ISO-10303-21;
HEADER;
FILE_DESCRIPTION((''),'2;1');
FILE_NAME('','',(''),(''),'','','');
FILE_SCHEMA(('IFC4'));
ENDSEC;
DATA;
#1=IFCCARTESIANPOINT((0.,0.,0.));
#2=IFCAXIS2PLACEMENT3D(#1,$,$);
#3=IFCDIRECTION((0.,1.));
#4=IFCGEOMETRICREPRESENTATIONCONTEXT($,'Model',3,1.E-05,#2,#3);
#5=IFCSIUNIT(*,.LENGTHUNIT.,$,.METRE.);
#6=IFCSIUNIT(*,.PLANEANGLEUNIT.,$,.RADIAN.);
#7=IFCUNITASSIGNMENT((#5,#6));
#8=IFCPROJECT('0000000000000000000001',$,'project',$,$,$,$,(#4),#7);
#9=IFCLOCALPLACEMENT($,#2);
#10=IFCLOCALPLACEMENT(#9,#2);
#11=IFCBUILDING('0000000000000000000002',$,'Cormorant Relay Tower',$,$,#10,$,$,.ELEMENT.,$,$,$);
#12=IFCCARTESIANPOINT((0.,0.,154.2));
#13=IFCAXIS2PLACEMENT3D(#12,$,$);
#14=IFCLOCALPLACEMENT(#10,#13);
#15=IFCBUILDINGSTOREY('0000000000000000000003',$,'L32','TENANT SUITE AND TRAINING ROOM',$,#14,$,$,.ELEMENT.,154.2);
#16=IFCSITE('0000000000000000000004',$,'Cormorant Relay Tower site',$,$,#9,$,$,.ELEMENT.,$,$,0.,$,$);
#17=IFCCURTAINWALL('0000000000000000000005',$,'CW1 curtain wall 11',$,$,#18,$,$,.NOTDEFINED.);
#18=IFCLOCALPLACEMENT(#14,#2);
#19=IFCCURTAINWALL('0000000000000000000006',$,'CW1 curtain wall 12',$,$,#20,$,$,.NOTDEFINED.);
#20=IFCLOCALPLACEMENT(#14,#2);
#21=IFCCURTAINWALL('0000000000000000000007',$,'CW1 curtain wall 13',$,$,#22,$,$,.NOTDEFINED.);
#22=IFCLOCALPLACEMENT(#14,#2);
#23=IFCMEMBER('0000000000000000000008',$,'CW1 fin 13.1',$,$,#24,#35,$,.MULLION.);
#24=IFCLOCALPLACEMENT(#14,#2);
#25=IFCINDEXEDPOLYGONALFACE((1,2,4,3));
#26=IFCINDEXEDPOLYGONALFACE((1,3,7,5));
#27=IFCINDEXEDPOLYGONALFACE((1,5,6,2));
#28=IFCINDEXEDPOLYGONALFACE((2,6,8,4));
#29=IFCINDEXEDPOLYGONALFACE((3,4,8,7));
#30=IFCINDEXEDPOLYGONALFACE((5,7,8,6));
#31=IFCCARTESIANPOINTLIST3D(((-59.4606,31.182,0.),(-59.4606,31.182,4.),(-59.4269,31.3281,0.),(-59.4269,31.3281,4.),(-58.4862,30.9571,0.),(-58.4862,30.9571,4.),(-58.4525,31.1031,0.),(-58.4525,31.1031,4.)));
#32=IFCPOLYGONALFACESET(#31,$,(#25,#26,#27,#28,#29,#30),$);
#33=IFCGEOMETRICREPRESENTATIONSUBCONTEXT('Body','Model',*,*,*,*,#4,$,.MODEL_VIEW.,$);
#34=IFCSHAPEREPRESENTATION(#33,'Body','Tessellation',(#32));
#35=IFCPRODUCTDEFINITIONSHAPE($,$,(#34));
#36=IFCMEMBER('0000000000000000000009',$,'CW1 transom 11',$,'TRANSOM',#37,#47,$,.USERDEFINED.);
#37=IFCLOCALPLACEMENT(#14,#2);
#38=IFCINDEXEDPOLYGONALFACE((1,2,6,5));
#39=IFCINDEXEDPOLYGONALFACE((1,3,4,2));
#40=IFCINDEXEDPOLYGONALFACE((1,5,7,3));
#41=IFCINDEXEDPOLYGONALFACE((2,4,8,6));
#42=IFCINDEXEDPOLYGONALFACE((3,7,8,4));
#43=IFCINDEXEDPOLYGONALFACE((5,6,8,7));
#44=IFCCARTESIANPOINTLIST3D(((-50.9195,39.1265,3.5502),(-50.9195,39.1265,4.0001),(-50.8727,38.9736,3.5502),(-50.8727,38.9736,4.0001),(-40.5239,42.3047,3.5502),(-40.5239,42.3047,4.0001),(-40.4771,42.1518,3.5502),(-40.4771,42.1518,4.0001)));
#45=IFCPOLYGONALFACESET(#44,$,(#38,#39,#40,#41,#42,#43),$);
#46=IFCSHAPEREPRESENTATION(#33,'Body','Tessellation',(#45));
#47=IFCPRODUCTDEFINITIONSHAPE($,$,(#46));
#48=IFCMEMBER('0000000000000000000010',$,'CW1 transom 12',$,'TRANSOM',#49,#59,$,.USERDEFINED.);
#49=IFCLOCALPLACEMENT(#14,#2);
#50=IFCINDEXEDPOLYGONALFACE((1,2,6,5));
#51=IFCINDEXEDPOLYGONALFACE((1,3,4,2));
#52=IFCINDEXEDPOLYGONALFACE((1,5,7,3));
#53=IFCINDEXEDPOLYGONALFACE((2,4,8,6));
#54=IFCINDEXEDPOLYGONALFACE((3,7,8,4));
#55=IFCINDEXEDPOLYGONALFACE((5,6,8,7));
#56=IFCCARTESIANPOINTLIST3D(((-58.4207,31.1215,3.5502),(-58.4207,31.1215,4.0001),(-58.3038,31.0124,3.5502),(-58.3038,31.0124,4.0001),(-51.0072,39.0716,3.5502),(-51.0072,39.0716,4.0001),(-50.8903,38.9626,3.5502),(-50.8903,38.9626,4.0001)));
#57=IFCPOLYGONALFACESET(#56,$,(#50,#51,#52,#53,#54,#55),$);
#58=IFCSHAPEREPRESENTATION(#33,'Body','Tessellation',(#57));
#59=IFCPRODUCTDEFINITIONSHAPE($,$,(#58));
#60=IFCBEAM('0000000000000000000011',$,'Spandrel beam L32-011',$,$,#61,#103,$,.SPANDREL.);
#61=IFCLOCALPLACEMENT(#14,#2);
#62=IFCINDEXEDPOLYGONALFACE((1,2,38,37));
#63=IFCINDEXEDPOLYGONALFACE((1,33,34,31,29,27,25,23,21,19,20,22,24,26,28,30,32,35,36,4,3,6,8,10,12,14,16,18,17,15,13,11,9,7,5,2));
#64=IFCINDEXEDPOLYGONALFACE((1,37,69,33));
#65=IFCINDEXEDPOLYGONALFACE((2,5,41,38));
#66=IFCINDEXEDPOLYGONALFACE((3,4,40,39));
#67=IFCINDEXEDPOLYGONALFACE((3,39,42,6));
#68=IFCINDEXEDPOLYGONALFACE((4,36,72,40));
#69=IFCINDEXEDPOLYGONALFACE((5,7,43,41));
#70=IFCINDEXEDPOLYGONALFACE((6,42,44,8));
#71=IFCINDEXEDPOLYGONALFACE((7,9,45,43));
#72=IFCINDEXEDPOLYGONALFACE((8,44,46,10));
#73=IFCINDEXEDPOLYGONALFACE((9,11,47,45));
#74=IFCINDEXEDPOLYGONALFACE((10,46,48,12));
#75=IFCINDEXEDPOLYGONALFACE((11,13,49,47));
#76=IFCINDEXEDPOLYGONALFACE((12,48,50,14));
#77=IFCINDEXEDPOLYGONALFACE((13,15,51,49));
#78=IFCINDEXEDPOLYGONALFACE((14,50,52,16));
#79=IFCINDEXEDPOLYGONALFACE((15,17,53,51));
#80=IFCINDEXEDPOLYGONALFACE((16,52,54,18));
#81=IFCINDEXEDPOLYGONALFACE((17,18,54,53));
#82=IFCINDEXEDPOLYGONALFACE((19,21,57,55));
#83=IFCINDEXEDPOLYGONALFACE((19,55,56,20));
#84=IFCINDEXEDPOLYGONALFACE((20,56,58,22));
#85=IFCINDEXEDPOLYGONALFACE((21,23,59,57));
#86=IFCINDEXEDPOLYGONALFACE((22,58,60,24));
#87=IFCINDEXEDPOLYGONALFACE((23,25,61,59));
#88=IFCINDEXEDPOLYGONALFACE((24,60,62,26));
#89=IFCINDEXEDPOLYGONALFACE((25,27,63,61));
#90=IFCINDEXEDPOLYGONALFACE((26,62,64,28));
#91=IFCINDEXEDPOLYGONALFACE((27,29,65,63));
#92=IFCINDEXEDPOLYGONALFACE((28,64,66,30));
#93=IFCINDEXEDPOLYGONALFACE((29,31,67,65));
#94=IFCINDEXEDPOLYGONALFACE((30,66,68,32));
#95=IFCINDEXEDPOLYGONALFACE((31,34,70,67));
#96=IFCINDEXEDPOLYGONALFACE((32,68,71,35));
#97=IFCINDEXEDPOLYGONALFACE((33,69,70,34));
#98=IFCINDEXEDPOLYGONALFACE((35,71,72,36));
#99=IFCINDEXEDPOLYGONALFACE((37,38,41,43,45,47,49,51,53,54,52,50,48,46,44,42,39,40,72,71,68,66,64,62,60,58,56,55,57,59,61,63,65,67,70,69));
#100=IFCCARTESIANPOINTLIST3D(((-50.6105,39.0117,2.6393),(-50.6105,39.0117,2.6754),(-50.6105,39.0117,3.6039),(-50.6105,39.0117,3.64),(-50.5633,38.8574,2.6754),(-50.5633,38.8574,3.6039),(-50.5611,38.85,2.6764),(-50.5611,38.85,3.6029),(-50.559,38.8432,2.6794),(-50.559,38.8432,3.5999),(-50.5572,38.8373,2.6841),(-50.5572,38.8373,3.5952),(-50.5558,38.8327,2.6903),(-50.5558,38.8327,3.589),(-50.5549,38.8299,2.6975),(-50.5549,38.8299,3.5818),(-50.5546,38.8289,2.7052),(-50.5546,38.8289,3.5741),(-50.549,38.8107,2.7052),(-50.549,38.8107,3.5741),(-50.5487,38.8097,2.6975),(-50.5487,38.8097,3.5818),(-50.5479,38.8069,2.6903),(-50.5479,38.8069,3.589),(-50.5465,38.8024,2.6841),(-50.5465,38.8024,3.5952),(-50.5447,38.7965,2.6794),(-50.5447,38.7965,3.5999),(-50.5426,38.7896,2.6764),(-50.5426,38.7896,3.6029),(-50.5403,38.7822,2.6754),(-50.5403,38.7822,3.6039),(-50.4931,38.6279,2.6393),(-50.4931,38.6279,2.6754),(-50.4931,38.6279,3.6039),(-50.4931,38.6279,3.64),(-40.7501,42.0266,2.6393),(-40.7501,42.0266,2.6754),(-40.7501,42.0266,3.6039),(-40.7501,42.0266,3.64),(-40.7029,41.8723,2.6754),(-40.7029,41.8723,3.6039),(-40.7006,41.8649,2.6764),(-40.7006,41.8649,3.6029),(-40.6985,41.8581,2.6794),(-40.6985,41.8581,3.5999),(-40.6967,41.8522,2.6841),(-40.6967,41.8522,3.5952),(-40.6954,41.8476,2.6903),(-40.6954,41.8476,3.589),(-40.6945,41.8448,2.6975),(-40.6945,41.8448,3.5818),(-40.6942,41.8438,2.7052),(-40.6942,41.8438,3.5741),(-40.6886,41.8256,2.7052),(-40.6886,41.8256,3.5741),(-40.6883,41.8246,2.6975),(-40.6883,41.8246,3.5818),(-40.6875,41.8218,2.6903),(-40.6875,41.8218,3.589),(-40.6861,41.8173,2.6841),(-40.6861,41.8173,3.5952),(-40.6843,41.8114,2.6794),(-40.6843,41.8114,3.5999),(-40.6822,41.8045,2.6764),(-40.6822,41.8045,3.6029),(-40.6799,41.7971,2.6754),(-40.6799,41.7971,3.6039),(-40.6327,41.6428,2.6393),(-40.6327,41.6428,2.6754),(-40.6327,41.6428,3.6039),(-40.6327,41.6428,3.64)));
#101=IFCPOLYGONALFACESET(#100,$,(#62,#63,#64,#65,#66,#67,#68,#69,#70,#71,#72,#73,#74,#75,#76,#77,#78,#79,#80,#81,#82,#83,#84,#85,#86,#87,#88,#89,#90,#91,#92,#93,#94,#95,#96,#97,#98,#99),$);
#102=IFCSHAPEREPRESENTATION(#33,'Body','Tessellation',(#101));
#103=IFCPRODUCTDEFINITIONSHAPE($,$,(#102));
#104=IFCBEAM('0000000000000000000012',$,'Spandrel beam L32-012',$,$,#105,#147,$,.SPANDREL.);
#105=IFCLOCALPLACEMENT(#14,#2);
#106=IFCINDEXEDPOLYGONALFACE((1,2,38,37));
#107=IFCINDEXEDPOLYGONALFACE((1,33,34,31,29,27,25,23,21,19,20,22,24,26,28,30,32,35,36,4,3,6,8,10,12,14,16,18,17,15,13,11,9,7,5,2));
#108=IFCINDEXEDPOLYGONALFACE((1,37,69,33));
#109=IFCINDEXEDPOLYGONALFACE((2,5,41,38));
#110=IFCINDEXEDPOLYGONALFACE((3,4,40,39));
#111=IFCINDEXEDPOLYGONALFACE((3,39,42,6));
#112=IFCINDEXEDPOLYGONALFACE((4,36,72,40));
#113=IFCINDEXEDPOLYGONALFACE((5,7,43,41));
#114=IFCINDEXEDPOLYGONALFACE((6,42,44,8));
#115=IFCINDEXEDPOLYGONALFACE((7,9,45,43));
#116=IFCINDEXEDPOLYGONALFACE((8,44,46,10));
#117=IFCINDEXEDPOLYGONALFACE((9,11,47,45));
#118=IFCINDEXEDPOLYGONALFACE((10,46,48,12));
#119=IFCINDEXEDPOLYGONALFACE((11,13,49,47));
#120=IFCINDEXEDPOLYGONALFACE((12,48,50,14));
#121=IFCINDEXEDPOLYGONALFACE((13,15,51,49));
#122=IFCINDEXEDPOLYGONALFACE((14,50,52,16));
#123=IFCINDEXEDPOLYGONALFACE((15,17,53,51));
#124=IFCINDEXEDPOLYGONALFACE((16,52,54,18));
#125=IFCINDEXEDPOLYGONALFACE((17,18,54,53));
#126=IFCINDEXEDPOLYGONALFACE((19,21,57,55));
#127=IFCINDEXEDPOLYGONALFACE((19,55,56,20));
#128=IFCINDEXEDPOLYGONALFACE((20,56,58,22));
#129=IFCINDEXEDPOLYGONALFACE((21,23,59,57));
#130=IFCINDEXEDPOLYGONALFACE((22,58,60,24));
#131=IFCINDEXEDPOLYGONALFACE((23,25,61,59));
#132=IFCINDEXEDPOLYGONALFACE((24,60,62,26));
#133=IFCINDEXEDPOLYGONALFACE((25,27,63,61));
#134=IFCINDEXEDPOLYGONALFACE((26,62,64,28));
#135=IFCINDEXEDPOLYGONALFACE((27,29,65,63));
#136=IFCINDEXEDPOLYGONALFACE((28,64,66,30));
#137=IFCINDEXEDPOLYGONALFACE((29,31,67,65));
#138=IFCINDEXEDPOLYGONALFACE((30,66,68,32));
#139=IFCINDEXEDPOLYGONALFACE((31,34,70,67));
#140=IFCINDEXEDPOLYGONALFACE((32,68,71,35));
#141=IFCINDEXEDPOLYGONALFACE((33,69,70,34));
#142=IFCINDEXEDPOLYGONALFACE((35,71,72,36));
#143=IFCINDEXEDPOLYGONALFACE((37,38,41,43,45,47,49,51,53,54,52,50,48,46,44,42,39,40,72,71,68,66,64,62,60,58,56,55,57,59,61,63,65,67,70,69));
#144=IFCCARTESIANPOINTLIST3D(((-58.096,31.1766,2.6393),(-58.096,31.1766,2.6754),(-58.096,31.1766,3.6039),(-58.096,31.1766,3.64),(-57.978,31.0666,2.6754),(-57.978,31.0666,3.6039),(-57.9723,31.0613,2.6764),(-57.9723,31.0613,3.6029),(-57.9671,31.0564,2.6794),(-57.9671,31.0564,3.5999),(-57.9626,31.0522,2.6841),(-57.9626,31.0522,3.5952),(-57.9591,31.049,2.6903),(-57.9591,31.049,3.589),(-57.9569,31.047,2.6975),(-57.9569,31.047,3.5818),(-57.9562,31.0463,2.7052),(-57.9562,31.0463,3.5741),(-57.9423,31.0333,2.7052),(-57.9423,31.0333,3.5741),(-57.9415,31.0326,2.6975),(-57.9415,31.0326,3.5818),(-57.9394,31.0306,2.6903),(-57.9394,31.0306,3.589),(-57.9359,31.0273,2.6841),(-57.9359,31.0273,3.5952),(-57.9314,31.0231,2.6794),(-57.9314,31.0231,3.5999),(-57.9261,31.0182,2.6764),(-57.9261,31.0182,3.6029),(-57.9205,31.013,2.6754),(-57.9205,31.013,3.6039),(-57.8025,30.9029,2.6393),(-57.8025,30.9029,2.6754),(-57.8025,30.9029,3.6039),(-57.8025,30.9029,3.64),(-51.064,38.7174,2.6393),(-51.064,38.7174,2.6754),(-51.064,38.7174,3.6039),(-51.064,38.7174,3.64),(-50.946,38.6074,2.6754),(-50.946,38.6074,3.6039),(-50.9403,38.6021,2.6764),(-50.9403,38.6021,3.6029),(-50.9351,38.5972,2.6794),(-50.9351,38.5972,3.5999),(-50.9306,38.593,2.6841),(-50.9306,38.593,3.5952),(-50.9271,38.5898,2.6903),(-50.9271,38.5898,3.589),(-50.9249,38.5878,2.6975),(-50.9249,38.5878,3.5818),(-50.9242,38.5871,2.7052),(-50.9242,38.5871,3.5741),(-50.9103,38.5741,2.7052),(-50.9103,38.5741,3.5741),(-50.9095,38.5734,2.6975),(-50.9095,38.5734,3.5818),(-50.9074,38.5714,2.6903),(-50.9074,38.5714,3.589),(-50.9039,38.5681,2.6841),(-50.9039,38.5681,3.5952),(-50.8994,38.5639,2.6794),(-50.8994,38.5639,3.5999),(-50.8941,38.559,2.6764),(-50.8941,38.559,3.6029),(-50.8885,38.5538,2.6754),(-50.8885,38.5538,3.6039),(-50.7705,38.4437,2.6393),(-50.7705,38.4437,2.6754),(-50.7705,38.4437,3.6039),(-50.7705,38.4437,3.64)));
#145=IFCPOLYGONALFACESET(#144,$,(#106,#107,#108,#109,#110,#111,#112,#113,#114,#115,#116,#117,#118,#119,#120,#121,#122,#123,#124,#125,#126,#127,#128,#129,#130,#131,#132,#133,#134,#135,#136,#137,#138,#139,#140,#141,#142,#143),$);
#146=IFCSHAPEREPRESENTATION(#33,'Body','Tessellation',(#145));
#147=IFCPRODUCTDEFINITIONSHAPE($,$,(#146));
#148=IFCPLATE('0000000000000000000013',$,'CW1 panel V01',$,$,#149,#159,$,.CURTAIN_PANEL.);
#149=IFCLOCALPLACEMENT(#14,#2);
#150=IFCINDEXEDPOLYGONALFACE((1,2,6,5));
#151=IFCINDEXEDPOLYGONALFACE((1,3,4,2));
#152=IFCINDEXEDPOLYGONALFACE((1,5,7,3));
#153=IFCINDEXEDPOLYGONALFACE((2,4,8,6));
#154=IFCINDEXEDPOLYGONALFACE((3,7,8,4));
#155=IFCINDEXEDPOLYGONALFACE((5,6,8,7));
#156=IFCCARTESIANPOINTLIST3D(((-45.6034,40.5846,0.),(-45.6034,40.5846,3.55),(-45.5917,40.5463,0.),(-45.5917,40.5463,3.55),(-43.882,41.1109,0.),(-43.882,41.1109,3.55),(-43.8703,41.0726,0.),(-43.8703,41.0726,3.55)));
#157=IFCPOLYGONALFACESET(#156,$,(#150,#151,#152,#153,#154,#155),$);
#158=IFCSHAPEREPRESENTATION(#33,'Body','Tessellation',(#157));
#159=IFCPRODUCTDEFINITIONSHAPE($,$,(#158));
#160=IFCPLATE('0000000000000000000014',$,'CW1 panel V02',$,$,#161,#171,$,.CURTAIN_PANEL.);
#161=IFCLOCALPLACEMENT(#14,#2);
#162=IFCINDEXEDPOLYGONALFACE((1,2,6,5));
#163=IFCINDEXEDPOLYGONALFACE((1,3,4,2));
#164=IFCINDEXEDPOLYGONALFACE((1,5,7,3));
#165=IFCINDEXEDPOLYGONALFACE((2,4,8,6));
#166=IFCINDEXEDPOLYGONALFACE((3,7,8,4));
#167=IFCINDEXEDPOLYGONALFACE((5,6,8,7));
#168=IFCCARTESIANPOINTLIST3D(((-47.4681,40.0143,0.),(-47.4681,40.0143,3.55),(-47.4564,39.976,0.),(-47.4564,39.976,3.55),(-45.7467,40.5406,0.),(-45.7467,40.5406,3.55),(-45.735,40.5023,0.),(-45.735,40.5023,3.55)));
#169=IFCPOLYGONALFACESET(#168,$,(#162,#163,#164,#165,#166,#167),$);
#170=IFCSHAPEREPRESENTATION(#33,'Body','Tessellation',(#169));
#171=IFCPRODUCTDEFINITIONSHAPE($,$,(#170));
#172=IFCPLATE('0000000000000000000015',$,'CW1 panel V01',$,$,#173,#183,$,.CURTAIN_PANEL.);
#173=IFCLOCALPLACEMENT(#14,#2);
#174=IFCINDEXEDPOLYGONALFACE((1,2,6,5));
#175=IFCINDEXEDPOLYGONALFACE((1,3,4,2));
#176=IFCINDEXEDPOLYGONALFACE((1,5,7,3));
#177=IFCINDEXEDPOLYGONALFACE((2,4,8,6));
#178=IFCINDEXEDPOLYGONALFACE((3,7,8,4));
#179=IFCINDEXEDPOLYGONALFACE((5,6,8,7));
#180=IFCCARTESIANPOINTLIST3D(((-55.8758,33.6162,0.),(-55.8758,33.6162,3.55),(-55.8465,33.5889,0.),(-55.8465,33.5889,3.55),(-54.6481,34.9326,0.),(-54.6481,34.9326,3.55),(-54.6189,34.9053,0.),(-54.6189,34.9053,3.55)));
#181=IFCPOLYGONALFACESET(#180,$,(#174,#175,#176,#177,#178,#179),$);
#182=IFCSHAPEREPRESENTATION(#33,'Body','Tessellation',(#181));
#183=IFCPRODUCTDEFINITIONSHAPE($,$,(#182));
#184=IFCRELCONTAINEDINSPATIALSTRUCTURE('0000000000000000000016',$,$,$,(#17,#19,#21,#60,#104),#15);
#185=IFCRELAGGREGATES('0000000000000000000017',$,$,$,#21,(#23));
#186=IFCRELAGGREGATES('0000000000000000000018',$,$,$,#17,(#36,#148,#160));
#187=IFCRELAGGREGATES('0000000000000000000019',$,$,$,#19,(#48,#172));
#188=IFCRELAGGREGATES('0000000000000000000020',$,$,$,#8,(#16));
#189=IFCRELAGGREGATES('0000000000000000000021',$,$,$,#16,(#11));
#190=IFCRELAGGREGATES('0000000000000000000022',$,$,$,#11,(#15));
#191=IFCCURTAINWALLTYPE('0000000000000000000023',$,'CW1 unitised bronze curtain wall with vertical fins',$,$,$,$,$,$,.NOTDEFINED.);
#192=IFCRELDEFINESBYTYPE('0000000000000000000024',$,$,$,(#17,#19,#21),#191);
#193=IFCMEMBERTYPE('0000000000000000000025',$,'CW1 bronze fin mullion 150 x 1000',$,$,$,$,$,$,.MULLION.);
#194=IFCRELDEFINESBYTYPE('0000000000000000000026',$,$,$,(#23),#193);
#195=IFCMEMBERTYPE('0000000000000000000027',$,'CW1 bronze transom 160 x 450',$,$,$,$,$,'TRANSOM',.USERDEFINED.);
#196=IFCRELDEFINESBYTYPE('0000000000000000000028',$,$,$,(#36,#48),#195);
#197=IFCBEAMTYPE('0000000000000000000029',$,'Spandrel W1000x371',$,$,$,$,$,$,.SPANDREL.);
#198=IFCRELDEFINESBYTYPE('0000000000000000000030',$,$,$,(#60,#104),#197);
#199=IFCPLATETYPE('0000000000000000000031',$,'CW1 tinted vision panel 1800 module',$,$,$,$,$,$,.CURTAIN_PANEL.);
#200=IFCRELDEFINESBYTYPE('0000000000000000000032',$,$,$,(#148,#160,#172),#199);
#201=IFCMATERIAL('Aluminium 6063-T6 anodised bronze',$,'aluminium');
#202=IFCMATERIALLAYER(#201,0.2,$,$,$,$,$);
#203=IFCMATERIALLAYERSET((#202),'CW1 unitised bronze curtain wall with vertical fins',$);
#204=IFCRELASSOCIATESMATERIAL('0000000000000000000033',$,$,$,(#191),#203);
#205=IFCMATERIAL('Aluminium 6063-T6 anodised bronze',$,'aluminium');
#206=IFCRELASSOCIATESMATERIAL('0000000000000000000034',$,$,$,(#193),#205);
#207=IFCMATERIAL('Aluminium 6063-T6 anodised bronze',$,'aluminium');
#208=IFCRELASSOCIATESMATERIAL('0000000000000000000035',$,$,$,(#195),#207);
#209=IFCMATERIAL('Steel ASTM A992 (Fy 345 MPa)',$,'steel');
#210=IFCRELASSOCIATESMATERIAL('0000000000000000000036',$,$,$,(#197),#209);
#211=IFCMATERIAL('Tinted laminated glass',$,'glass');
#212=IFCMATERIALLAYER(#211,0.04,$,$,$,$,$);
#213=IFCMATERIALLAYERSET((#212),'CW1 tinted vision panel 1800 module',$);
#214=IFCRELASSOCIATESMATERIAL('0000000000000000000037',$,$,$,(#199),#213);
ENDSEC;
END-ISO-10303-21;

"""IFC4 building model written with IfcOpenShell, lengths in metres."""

from ifc_helpers import new_model, si_unit, direction, frame, origin, origin_2d, place, context, subcontext, project, spatial, rectangle, i_section, extrude, material, layer, layer_set, material_profile, profile_set, type_object, element, aggregate, save


model = new_model("IFC4")

# Units and contexts
model_context = context("Model", 3, precision=1e-05, world=origin(), true_north=direction((0.0, 1.0)))
body_context = subcontext(model_context, "Body", "Model", "MODEL_VIEW")
ifc_project = project(units=[si_unit("LENGTHUNIT", "METRE"), si_unit("PLANEANGLEUNIT", "RADIAN")], contexts=[model_context])

# Site, building, storey
site_placement = place(None, origin())
site = spatial("IfcSite", under=ifc_project, at=site_placement, Name="Cormorant Relay Tower site", CompositionType="ELEMENT", RefElevation=0.0)
building_placement = place(site_placement, origin())
building = spatial("IfcBuilding", under=site, at=building_placement, Name="Cormorant Relay Tower", CompositionType="ELEMENT")
storey_placement = place(building_placement, frame((0.0, 0.0, 154.2)))
storey = spatial("IfcBuildingStorey", under=building, at=storey_placement, Name="L32", Description="TENANT SUITE AND TRAINING ROOM", CompositionType="ELEMENT", Elevation=154.2)

# Curtain walls
ifc_material_1 = material(Name="Aluminium 6063-T6 anodised bronze", Category="aluminium")
ifc_layer_1 = layer(ifc_material_1, 0.2)
ifc_layer_set_1 = layer_set([ifc_layer_1], Name="CW1 unitised bronze curtain wall with vertical fins")
curtain_wall_type = type_object("IfcCurtainWallType", Name="CW1 unitised bronze curtain wall with vertical fins", PredefinedType="NOTDEFINED", material=ifc_layer_set_1)
curtain_wall_1_placement = place(storey_placement, origin())
curtain_wall_1 = element("IfcCurtainWall", 1, at=curtain_wall_1_placement, inside=storey, type_object=curtain_wall_type, Name="CW1 curtain wall 11", PredefinedType="NOTDEFINED")
ifc_material_2 = material(Name="Aluminium 6063-T6 anodised bronze", Category="aluminium")
ifc_material_profile_1 = material_profile(ifc_material_2, rectangle(XDim=0.1499, YDim=1.0, at=origin_2d()), Name="AL 150x1000")
ifc_profile_set_1 = profile_set([ifc_material_profile_1], Name="Aluminium 6063-T6 anodised bronze")
member_type_1 = type_object("IfcMemberType", Name="CW1 bronze fin mullion 150 x 1000", PredefinedType="MULLION", material=ifc_profile_set_1)
curtain_wall_2_placement = place(storey_placement, origin())
curtain_wall_2 = element("IfcCurtainWall", 2, at=curtain_wall_2_placement, inside=storey, type_object=curtain_wall_type, Name="CW1 curtain wall 12", PredefinedType="NOTDEFINED")

# Curtain wall, member
curtain_wall_3_placement = place(storey_placement, origin())
curtain_wall_3 = element("IfcCurtainWall", 3, at=curtain_wall_3_placement, inside=storey, type_object=curtain_wall_type, Name="CW1 curtain wall 13", PredefinedType="NOTDEFINED")
member_1_placement = place(storey_placement, frame((-58.9565, 31.1426, 0.0), z_axis=(0.0, 0.0, 1.0), x_axis=(-0.224951, -0.97437, 0.0)))
member_1 = element("IfcMember", 4, at=member_1_placement, type_object=member_type_1, Name="CW1 fin 13.1", PredefinedType="MULLION", context=body_context, shape_type="SweptSolid", body=[
    extrude(rectangle(XDim=0.1499, YDim=1.0, at=origin_2d()), origin(), (0.0, 0.0, 1.0), 4.0),
])
aggregate(curtain_wall_3, [member_1])

# Members
ifc_material_3 = material(Name="Aluminium 6063-T6 anodised bronze", Category="aluminium")
ifc_material_profile_2 = material_profile(ifc_material_3, rectangle(XDim=0.1599, YDim=0.45, at=origin_2d()), Name="AL 160x450")
ifc_profile_set_2 = profile_set([ifc_material_profile_2], Name="Aluminium 6063-T6 anodised bronze")
member_type_2 = type_object("IfcMemberType", Name="CW1 bronze transom 160 x 450", ElementType="TRANSOM", PredefinedType="USERDEFINED", material=ifc_profile_set_2)
member_2_placement = place(storey_placement, frame((-40.5005, 42.2283, 3.7751), z_axis=(-0.956305, -0.292371, 0.0), x_axis=(0.292371, -0.956305, 0.0)))
member_2 = element("IfcMember", 5, at=member_2_placement, type_object=member_type_2, Name="CW1 transom 11", ObjectType="TRANSOM", PredefinedType="USERDEFINED", context=body_context, shape_type="SweptSolid", body=[
    extrude(rectangle(XDim=0.1599, YDim=0.45, at=origin_2d()), origin(), (0.0, 0.0, 1.0), 10.8706),
])
member_3_placement = place(storey_placement, frame((-50.9487, 39.0171, 3.7751), z_axis=(-0.681993, -0.731358, 0.0), x_axis=(0.731358, -0.681993, 0.0)))
member_3 = element("IfcMember", 6, at=member_3_placement, type_object=member_type_2, Name="CW1 transom 12", ObjectType="TRANSOM", PredefinedType="USERDEFINED", context=body_context, shape_type="SweptSolid", body=[
    extrude(rectangle(XDim=0.1599, YDim=0.45, at=origin_2d()), origin(), (0.0, 0.0, 1.0), 10.8704),
])

# Beams
ifc_material_4 = material(Name="Steel ASTM A992 (Fy 345 MPa)", Category="steel")
ifc_material_profile_3 = material_profile(ifc_material_4, i_section(OverallWidth=0.4014, OverallDepth=1.0007, WebThickness=0.019, FlangeThickness=0.0361, FilletRadius=0.0298, at=origin_2d()), Name="W1000x371")
ifc_profile_set_3 = profile_set([ifc_material_profile_3], Name="Steel ASTM A992 (Fy 345 MPa)")
beam_type = type_object("IfcBeamType", Name="Spandrel W1000x371", PredefinedType="SPANDREL", material=ifc_profile_set_3)
beam_1_placement = place(storey_placement, frame((-40.6914, 41.8347, 3.1396), z_axis=(-0.956297, -0.292397, 0.0), x_axis=(0.292397, -0.956297, 0.0)))
element("IfcBeam", 7, at=beam_1_placement, inside=storey, type_object=beam_type, Name="Spandrel beam L32-011", PredefinedType="SPANDREL", context=body_context, shape_type="SweptSolid", body=[
    extrude(i_section(OverallWidth=0.4014, OverallDepth=1.0007, WebThickness=0.019, FlangeThickness=0.0361, FilletRadius=0.0298, at=origin_2d()), origin(), (0.0, 0.0, 1.0), 10.311),
])
beam_2_placement = place(storey_placement, frame((-50.9172, 38.5806, 3.1396), z_axis=(-0.682004, -0.731349, 0.0), x_axis=(0.731349, -0.682004, 0.0)))
element("IfcBeam", 8, at=beam_2_placement, inside=storey, type_object=beam_type, Name="Spandrel beam L32-012", PredefinedType="SPANDREL", context=body_context, shape_type="SweptSolid", body=[
    extrude(i_section(OverallWidth=0.4014, OverallDepth=1.0007, WebThickness=0.019, FlangeThickness=0.0361, FilletRadius=0.0298, at=origin_2d()), origin(), (0.0, 0.0, 1.0), 10.3108),
])

# Plates
ifc_material_5 = material(Name="Tinted laminated glass", Category="glass")
ifc_layer_2 = layer(ifc_material_5, 0.04)
ifc_layer_set_2 = layer_set([ifc_layer_2], Name="CW1 tinted vision panel 1800 module")
plate_type = type_object("IfcPlateType", Name="CW1 tinted vision panel 1800 module", PredefinedType="CURTAIN_PANEL", material=ifc_layer_set_2)
plate_1_placement = place(storey_placement, frame((-44.7368, 40.8286, 0.0), z_axis=(0.0, 0.0, 1.0), x_axis=(-0.956305, -0.292372, 0.0)))
plate_1 = element("IfcPlate", 9, at=plate_1_placement, type_object=plate_type, Name="CW1 panel V01", PredefinedType="CURTAIN_PANEL", context=body_context, shape_type="SweptSolid", body=[
    extrude(rectangle(XDim=1.8, YDim=0.04, at=origin_2d()), origin(), (0.0, 0.0, 1.0), 3.55),
])
plate_2_placement = place(storey_placement, frame((-46.6016, 40.2583, 0.0), z_axis=(0.0, 0.0, 1.0), x_axis=(-0.956305, -0.292372, 0.0)))
plate_2 = element("IfcPlate", 10, at=plate_2_placement, type_object=plate_type, Name="CW1 panel V02", PredefinedType="CURTAIN_PANEL", context=body_context, shape_type="SweptSolid", body=[
    extrude(rectangle(XDim=1.8, YDim=0.04, at=origin_2d()), origin(), (0.0, 0.0, 1.0), 3.55),
])
plate_3_placement = place(storey_placement, frame((-55.2473, 34.2607, 0.0), z_axis=(0.0, 0.0, 1.0), x_axis=(-0.681998, -0.731354, 0.0)))
plate_3 = element("IfcPlate", 11, at=plate_3_placement, type_object=plate_type, Name="CW1 panel V01", PredefinedType="CURTAIN_PANEL", context=body_context, shape_type="SweptSolid", body=[
    extrude(rectangle(XDim=1.8, YDim=0.04, at=origin_2d()), origin(), (0.0, 0.0, 1.0), 3.55),
])

aggregate(curtain_wall_1, [member_2, plate_1, plate_2])
aggregate(curtain_wall_2, [member_3, plate_3])

save(model, "model.ifc")
